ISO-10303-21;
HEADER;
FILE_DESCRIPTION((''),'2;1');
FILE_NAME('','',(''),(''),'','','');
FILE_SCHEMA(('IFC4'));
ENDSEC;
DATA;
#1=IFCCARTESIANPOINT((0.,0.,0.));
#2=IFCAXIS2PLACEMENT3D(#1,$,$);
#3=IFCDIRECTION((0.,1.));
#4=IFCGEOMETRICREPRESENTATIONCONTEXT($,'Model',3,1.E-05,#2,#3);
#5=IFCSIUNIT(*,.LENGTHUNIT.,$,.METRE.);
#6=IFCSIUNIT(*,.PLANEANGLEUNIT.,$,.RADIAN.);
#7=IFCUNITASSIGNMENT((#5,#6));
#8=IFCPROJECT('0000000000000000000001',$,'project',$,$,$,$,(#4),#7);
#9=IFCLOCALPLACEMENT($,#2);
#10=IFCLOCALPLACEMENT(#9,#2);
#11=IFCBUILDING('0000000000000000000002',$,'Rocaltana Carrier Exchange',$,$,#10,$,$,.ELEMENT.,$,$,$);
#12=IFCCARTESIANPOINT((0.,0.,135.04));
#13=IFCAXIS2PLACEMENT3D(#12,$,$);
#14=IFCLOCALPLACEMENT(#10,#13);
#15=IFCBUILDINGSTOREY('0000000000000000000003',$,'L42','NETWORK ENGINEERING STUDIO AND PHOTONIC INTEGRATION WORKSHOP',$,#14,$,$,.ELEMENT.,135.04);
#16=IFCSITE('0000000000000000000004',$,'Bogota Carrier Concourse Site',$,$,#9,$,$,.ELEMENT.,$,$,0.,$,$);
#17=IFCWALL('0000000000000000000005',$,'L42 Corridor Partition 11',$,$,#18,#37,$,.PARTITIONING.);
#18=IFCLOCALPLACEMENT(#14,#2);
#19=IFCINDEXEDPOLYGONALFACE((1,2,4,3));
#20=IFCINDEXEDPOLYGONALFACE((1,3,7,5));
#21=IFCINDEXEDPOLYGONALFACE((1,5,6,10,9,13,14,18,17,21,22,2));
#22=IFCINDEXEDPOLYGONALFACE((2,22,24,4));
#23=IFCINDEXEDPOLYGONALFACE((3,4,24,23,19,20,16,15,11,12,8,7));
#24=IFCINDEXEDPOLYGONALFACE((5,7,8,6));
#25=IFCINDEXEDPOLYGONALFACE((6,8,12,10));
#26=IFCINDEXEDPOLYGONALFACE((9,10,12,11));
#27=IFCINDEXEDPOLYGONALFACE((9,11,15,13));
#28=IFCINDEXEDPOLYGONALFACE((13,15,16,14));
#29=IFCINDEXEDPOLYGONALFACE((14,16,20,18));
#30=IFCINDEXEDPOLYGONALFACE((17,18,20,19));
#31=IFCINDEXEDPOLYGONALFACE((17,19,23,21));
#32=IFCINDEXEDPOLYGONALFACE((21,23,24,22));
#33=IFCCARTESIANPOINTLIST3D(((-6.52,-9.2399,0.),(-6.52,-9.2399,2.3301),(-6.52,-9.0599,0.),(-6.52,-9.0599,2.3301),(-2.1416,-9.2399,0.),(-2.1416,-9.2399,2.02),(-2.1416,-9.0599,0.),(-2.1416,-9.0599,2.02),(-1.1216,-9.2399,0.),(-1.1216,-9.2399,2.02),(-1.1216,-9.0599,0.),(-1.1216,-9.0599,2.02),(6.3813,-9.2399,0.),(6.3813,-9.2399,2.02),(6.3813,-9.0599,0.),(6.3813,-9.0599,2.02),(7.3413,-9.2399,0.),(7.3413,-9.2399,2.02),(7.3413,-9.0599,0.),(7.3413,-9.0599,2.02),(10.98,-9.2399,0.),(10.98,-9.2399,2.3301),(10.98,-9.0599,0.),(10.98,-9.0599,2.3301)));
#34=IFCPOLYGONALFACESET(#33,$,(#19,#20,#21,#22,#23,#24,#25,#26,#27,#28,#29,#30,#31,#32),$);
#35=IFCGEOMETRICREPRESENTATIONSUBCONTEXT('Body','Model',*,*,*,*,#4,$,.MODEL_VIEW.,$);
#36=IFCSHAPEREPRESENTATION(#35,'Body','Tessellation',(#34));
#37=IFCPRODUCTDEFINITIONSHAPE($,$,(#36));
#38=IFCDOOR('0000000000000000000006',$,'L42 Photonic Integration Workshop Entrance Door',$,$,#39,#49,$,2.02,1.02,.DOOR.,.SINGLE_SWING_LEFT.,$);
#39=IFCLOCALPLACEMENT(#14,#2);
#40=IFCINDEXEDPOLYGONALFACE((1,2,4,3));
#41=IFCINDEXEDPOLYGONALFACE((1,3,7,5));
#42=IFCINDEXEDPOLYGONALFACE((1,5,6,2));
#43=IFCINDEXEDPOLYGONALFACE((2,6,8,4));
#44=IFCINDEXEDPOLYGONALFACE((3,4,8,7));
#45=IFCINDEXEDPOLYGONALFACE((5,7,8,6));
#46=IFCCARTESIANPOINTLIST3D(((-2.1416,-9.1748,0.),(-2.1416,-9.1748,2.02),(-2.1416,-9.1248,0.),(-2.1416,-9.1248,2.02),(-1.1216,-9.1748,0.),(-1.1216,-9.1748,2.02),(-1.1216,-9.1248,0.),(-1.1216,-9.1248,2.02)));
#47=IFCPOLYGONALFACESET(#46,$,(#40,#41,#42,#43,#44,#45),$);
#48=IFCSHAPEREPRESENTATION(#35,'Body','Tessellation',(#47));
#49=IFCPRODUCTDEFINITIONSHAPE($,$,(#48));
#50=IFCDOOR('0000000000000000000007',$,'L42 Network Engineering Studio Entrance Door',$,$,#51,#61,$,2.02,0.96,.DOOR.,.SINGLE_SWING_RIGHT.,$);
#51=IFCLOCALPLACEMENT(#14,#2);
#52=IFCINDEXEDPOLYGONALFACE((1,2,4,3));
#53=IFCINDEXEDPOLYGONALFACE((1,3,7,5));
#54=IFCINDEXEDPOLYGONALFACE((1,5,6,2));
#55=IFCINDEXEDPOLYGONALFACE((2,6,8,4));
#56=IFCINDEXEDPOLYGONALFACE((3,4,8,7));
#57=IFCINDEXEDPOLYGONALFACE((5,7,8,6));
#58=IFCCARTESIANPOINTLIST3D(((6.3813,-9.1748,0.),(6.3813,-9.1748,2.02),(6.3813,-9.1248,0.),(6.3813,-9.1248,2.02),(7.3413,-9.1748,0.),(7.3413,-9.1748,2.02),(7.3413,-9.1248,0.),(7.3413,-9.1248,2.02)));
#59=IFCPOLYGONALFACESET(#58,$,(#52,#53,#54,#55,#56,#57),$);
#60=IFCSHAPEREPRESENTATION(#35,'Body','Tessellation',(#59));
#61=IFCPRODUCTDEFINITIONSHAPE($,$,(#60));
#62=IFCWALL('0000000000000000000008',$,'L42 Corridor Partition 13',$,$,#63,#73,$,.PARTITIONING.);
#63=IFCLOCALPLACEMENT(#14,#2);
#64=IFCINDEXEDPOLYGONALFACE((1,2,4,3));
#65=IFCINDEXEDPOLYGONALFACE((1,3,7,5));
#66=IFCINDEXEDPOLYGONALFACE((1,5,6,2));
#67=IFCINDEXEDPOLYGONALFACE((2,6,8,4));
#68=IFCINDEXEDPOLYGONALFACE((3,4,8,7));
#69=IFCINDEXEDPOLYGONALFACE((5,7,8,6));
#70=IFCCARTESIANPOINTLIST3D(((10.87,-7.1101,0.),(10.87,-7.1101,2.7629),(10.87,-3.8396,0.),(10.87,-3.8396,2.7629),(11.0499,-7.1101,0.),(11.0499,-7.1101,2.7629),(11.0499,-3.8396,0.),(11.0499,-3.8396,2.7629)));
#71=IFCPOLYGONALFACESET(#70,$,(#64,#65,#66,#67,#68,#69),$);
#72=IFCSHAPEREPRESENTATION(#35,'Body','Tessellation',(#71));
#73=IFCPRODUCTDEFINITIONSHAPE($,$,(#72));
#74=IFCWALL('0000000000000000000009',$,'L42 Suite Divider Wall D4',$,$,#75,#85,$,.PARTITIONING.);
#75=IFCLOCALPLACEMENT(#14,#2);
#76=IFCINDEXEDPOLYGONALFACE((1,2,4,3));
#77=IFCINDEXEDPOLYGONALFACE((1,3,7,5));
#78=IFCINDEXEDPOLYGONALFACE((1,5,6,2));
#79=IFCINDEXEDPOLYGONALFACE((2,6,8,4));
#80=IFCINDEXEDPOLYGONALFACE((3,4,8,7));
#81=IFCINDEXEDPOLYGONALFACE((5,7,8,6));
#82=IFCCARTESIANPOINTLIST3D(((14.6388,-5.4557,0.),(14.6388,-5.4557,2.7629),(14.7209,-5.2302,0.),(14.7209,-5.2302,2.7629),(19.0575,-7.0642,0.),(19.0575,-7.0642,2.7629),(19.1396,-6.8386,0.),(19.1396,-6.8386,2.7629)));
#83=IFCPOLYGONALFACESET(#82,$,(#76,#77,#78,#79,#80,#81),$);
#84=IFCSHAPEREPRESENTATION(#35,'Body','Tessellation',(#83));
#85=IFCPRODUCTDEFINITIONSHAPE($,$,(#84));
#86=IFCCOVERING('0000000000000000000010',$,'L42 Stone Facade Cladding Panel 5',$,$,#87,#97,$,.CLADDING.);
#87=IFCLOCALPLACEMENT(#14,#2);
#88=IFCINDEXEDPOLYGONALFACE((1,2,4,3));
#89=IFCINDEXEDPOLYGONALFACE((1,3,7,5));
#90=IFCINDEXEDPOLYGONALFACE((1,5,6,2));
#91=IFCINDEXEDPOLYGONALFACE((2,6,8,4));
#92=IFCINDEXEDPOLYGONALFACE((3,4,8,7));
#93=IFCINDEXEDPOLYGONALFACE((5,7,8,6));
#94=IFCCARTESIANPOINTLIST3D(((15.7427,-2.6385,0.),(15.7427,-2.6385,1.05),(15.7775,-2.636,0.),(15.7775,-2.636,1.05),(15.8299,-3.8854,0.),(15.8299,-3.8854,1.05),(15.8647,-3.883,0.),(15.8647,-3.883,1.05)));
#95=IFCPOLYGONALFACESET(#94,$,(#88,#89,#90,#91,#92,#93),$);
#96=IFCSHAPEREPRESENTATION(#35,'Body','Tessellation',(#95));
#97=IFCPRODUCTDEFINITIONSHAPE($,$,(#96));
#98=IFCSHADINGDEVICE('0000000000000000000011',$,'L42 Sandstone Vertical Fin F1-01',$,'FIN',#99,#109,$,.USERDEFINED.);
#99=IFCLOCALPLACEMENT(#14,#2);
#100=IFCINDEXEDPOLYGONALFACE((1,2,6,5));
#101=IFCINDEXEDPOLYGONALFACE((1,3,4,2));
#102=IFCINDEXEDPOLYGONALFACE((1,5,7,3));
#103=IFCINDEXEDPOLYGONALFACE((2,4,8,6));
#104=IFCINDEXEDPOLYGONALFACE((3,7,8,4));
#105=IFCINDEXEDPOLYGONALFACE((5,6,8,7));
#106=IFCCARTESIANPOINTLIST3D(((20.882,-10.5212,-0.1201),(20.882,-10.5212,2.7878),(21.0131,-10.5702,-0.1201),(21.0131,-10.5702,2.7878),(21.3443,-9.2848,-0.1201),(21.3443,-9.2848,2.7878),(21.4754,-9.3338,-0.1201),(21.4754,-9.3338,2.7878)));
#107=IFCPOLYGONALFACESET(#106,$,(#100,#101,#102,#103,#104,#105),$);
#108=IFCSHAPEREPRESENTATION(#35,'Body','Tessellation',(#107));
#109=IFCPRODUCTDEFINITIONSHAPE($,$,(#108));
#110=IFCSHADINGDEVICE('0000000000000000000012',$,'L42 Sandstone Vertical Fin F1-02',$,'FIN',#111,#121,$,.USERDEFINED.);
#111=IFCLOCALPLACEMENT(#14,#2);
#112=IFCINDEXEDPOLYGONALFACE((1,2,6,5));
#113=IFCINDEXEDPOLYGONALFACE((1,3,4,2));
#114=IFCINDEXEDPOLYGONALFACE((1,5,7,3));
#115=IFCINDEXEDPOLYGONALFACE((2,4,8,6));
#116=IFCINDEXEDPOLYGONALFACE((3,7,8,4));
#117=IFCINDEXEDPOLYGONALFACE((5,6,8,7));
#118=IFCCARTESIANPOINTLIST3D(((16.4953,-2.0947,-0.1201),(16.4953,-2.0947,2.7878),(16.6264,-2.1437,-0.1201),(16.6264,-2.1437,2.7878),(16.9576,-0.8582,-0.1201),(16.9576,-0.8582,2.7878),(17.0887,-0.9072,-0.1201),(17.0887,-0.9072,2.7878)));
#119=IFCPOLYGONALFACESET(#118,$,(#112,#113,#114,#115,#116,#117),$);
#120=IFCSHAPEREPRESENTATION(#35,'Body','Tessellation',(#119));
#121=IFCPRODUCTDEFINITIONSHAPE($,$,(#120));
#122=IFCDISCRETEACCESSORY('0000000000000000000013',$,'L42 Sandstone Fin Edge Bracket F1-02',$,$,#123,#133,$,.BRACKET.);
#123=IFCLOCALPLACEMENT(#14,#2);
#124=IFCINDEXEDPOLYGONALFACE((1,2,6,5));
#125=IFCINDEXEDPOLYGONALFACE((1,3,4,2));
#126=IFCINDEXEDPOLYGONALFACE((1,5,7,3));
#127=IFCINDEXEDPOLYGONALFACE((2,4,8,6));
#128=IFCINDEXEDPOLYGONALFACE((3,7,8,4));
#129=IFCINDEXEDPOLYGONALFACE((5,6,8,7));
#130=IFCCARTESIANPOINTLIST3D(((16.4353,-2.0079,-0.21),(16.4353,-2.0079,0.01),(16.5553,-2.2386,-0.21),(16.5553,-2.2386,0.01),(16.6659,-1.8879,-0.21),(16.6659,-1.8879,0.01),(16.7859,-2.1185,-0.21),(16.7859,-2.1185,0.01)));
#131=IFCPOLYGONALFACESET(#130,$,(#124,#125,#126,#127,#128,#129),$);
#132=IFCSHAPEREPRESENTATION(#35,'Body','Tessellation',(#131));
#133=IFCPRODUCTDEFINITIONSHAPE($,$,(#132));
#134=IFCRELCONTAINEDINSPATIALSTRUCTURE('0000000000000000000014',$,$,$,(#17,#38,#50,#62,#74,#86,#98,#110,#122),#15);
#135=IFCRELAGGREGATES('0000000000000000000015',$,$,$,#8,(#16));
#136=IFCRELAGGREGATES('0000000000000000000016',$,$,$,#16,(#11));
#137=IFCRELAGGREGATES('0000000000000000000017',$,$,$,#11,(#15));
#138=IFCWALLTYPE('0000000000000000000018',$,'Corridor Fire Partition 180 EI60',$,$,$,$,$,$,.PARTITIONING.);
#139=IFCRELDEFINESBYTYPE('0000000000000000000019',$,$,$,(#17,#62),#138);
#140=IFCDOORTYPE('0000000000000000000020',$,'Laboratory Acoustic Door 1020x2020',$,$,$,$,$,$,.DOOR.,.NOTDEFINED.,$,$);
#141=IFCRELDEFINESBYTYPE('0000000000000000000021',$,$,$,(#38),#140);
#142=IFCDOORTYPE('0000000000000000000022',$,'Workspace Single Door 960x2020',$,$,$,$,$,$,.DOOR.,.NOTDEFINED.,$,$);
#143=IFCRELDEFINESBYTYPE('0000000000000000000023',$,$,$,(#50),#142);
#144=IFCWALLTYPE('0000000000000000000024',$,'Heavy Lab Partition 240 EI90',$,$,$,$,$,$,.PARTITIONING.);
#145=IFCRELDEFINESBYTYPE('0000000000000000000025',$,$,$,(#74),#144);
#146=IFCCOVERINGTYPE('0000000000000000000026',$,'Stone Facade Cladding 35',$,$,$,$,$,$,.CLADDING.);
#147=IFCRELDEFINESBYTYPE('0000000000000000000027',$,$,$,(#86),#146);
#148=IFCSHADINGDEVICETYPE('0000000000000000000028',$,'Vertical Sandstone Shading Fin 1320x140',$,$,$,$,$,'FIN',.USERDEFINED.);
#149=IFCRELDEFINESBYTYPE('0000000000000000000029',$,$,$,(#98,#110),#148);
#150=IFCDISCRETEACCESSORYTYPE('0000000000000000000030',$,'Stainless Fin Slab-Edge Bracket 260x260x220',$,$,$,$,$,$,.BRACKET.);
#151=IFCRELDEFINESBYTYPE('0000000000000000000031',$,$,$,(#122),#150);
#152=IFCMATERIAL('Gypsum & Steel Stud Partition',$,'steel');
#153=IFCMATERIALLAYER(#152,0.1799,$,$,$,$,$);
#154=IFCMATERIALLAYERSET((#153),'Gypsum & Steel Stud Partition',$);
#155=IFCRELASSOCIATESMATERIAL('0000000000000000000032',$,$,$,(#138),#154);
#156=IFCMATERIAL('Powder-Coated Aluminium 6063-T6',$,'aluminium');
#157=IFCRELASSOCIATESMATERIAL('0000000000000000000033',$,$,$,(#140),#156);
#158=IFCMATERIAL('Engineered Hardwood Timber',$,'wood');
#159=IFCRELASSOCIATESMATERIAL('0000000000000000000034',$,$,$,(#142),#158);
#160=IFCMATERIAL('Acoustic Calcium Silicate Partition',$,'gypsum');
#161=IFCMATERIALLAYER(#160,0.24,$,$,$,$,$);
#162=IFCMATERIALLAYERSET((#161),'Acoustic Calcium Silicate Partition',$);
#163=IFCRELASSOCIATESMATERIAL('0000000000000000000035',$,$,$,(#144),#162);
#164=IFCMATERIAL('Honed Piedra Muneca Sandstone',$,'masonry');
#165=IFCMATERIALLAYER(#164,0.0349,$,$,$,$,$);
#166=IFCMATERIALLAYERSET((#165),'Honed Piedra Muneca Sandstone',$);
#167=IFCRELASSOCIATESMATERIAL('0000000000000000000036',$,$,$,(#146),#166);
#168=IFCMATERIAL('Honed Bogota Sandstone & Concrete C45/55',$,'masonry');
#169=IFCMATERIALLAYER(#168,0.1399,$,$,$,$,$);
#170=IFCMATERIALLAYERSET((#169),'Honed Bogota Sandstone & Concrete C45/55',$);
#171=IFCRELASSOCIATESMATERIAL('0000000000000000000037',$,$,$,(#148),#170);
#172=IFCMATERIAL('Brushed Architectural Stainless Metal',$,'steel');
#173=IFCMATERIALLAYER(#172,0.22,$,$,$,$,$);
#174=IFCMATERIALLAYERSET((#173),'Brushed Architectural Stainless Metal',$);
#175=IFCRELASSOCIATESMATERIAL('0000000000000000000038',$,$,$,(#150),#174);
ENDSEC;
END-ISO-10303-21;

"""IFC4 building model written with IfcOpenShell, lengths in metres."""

from ifc_helpers import new_model, si_unit, direction, frame, frame_2d, origin, origin_2d, place, context, subcontext, project, spatial, rectangle, extrude, material, layer, layer_set, type_object, element, fill, save


model = new_model("IFC4")

# Units and contexts
model_context = context("Model", 3, precision=1e-05, world=origin(), true_north=direction((0.0, 1.0)))
body_context = subcontext(model_context, "Body", "Model", "MODEL_VIEW")
ifc_project = project(units=[si_unit("LENGTHUNIT", "METRE"), si_unit("PLANEANGLEUNIT", "RADIAN")], contexts=[model_context])

# Site, building, storey
site_placement = place(None, origin())
site = spatial("IfcSite", under=ifc_project, at=site_placement, Name="Bogota Carrier Concourse Site", CompositionType="ELEMENT", RefElevation=0.0)
building_placement = place(site_placement, origin())
building = spatial("IfcBuilding", under=site, at=building_placement, Name="Rocaltana Carrier Exchange", CompositionType="ELEMENT")
storey_placement = place(building_placement, frame((0.0, 0.0, 135.04)))
storey = spatial("IfcBuildingStorey", under=building, at=storey_placement, Name="L42", Description="NETWORK ENGINEERING STUDIO AND PHOTONIC INTEGRATION WORKSHOP", CompositionType="ELEMENT", Elevation=135.04)

# Shared definitions
ifc_material_1 = material(Name="Gypsum & Steel Stud Partition", Category="steel")
ifc_layer_1 = layer(ifc_material_1, 0.1799)
ifc_layer_set_1 = layer_set([ifc_layer_1], Name="Gypsum & Steel Stud Partition")
wall_type_1 = type_object("IfcWallType", Name="Corridor Fire Partition 180 EI60", PredefinedType="PARTITIONING", material=ifc_layer_set_1)

# Wall, openings, doors
wall_1_placement = place(storey_placement, frame((10.98, -9.1499, 0.0), z_axis=(0.0, 0.0, 1.0), x_axis=(-1.0, 0.0, 0.0)))
wall_1 = element("IfcWall", 1, at=wall_1_placement, inside=storey, type_object=wall_type_1, Name="L42 Corridor Partition 11", PredefinedType="PARTITIONING", context=body_context, shape_type="SweptSolid", body=[
    extrude(rectangle(XDim=17.5, YDim=0.1799, at=frame_2d((8.75, 0.0))), origin(), (0.0, 0.0, 1.0), 2.3301),
])
opening_1_placement = place(wall_1_placement, frame((12.1016, 0.0, 0.0)))
opening_1 = element("IfcOpeningElement", 2, at=opening_1_placement, cuts=wall_1, PredefinedType="OPENING", context=body_context, shape_type="SweptSolid", body=[
    extrude(rectangle(XDim=1.02, YDim=2.02, at=frame_2d((0.51, 1.01))), frame((0.0, 0.0999, 0.0), z_axis=(0.0, -1.0, 0.0), x_axis=(1.0, 0.0, 0.0)), (0.0, 0.0, 1.0), 0.2),
])
opening_2_placement = place(wall_1_placement, frame((3.6387, 0.0, 0.0)))
opening_2 = element("IfcOpeningElement", 3, at=opening_2_placement, cuts=wall_1, PredefinedType="OPENING", context=body_context, shape_type="SweptSolid", body=[
    extrude(rectangle(XDim=0.96, YDim=2.02, at=frame_2d((0.48, 1.01))), frame((0.0, 0.0999, 0.0), z_axis=(0.0, -1.0, 0.0), x_axis=(1.0, 0.0, 0.0)), (0.0, 0.0, 1.0), 0.2),
])
ifc_material_2 = material(Name="Powder-Coated Aluminium 6063-T6", Category="aluminium")
door_type_1 = type_object("IfcDoorType", Name="Laboratory Acoustic Door 1020x2020", OperationType="NOTDEFINED", PredefinedType="DOOR", material=ifc_material_2)
door_1_placement = place(opening_1_placement, origin())
door_1 = element("IfcDoor", 4, at=door_1_placement, inside=storey, type_object=door_type_1, Name="L42 Photonic Integration Workshop Entrance Door", OperationType="SINGLE_SWING_LEFT", OverallHeight=2.02, OverallWidth=1.02, PredefinedType="DOOR", context=body_context, shape_type="SweptSolid", body=[
    extrude(rectangle(XDim=1.02, YDim=2.02, at=frame_2d((0.51, 1.01))), frame((0.0, 0.0249, 0.0), z_axis=(0.0, -1.0, 0.0), x_axis=(1.0, 0.0, 0.0)), (0.0, 0.0, 1.0), 0.05),
])
fill(opening_1, door_1)
ifc_material_3 = material(Name="Engineered Hardwood Timber", Category="wood")
door_type_2 = type_object("IfcDoorType", Name="Workspace Single Door 960x2020", OperationType="NOTDEFINED", PredefinedType="DOOR", material=ifc_material_3)
door_2_placement = place(opening_2_placement, origin())
door_2 = element("IfcDoor", 5, at=door_2_placement, inside=storey, type_object=door_type_2, Name="L42 Network Engineering Studio Entrance Door", OperationType="SINGLE_SWING_RIGHT", OverallHeight=2.02, OverallWidth=0.96, PredefinedType="DOOR", context=body_context, shape_type="SweptSolid", body=[
    extrude(rectangle(XDim=0.96, YDim=2.02, at=frame_2d((0.48, 1.01))), frame((0.0, 0.0249, 0.0), z_axis=(0.0, -1.0, 0.0), x_axis=(1.0, 0.0, 0.0)), (0.0, 0.0, 1.0), 0.05),
])
fill(opening_2, door_2)

# Walls
wall_2_placement = place(storey_placement, frame((10.96, -7.1101, 0.0), z_axis=(0.0, 0.0, 1.0), x_axis=(0.0, 1.0, 0.0)))
element("IfcWall", 6, at=wall_2_placement, inside=storey, type_object=wall_type_1, Name="L42 Corridor Partition 13", PredefinedType="PARTITIONING", context=body_context, shape_type="SweptSolid", body=[
    extrude(rectangle(XDim=3.2705, YDim=0.1799, at=frame_2d((1.6353, 0.0))), origin(), (0.0, 0.0, 1.0), 2.7629),
])
ifc_material_4 = material(Name="Acoustic Calcium Silicate Partition", Category="gypsum")
ifc_layer_2 = layer(ifc_material_4, 0.24)
ifc_layer_set_2 = layer_set([ifc_layer_2], Name="Acoustic Calcium Silicate Partition")
wall_type_2 = type_object("IfcWallType", Name="Heavy Lab Partition 240 EI90", PredefinedType="PARTITIONING", material=ifc_layer_set_2)
wall_3_placement = place(storey_placement, frame((14.6799, -5.343, 0.0), z_axis=(0.0, 0.0, 1.0), x_axis=(0.939684, -0.342043, 0.0)))
element("IfcWall", 7, at=wall_3_placement, inside=storey, type_object=wall_type_2, Name="L42 Suite Divider Wall D4", PredefinedType="PARTITIONING", context=body_context, shape_type="SweptSolid", body=[
    extrude(rectangle(XDim=4.7024, YDim=0.24, at=frame_2d((2.3511, 0.0))), origin(), (0.0, 0.0, 1.0), 2.7629),
])

# Covering
ifc_material_5 = material(Name="Honed Piedra Muneca Sandstone", Category="masonry")
ifc_layer_3 = layer(ifc_material_5, 0.0349)
ifc_layer_set_3 = layer_set([ifc_layer_3], Name="Honed Piedra Muneca Sandstone")
covering_type = type_object("IfcCoveringType", Name="Stone Facade Cladding 35", PredefinedType="CLADDING", material=ifc_layer_set_3)
covering_placement = place(storey_placement, frame((15.8037, -3.2607, 0.0), z_axis=(0.0, 0.0, 1.0), x_axis=(-0.069756, 0.997564, 0.0)))
element("IfcCovering", 8, at=covering_placement, inside=storey, type_object=covering_type, Name="L42 Stone Facade Cladding Panel 5", PredefinedType="CLADDING", context=body_context, shape_type="SweptSolid", body=[
    extrude(rectangle(XDim=1.25, YDim=0.0349, at=origin_2d()), origin(), (0.0, 0.0, 1.0), 1.05),
])

# Shading devices
ifc_material_6 = material(Name="Honed Bogota Sandstone & Concrete C45/55", Category="masonry")
ifc_layer_4 = layer(ifc_material_6, 0.1399)
ifc_layer_set_4 = layer_set([ifc_layer_4], Name="Honed Bogota Sandstone & Concrete C45/55")
shading_device_type = type_object("IfcShadingDeviceType", Name="Vertical Sandstone Shading Fin 1320x140", ElementType="FIN", PredefinedType="USERDEFINED", material=ifc_layer_set_4)
for number, where, z_axis, x_axis, name in (
    (9, (21.1787, -9.9275, -0.1201), (0.0, 0.0, 1.0), (0.350207, 0.936672, 0.0), "L42 Sandstone Vertical Fin F1-01"),
    (10, (16.792, -1.501, -0.1201), (0.0, 0.0, 1.0), (0.350207, 0.936672, 0.0), "L42 Sandstone Vertical Fin F1-02"),
):
    element("IfcShadingDevice", number, at=place(storey_placement, frame(where, z_axis=z_axis, x_axis=x_axis)), inside=storey, type_object=shading_device_type, Name=name, ObjectType="FIN", PredefinedType="USERDEFINED", context=body_context, shape_type="SweptSolid", body=[
        extrude(rectangle(XDim=1.3201, YDim=0.1399, at=origin_2d()), origin(), (0.0, 0.0, 1.0), 2.908),
    ])

# Discrete accessory
ifc_material_7 = material(Name="Brushed Architectural Stainless Metal", Category="steel")
ifc_layer_5 = layer(ifc_material_7, 0.22)
ifc_layer_set_5 = layer_set([ifc_layer_5], Name="Brushed Architectural Stainless Metal")
discrete_accessory_type = type_object("IfcDiscreteAccessoryType", Name="Stainless Fin Slab-Edge Bracket 260x260x220", PredefinedType="BRACKET", material=ifc_layer_set_5)
discrete_accessory_placement = place(storey_placement, frame((16.6106, -2.0632, -0.21), z_axis=(0.0, 0.0, 1.0), x_axis=(-0.461749, 0.887011, 0.0)))
element("IfcDiscreteAccessory", 11, at=discrete_accessory_placement, inside=storey, type_object=discrete_accessory_type, Name="L42 Sandstone Fin Edge Bracket F1-02", PredefinedType="BRACKET", context=body_context, shape_type="SweptSolid", body=[
    extrude(rectangle(XDim=0.26, YDim=0.26, at=origin_2d()), origin(), (0.0, 0.0, 1.0), 0.22),
])

save(model, "model.ifc")
